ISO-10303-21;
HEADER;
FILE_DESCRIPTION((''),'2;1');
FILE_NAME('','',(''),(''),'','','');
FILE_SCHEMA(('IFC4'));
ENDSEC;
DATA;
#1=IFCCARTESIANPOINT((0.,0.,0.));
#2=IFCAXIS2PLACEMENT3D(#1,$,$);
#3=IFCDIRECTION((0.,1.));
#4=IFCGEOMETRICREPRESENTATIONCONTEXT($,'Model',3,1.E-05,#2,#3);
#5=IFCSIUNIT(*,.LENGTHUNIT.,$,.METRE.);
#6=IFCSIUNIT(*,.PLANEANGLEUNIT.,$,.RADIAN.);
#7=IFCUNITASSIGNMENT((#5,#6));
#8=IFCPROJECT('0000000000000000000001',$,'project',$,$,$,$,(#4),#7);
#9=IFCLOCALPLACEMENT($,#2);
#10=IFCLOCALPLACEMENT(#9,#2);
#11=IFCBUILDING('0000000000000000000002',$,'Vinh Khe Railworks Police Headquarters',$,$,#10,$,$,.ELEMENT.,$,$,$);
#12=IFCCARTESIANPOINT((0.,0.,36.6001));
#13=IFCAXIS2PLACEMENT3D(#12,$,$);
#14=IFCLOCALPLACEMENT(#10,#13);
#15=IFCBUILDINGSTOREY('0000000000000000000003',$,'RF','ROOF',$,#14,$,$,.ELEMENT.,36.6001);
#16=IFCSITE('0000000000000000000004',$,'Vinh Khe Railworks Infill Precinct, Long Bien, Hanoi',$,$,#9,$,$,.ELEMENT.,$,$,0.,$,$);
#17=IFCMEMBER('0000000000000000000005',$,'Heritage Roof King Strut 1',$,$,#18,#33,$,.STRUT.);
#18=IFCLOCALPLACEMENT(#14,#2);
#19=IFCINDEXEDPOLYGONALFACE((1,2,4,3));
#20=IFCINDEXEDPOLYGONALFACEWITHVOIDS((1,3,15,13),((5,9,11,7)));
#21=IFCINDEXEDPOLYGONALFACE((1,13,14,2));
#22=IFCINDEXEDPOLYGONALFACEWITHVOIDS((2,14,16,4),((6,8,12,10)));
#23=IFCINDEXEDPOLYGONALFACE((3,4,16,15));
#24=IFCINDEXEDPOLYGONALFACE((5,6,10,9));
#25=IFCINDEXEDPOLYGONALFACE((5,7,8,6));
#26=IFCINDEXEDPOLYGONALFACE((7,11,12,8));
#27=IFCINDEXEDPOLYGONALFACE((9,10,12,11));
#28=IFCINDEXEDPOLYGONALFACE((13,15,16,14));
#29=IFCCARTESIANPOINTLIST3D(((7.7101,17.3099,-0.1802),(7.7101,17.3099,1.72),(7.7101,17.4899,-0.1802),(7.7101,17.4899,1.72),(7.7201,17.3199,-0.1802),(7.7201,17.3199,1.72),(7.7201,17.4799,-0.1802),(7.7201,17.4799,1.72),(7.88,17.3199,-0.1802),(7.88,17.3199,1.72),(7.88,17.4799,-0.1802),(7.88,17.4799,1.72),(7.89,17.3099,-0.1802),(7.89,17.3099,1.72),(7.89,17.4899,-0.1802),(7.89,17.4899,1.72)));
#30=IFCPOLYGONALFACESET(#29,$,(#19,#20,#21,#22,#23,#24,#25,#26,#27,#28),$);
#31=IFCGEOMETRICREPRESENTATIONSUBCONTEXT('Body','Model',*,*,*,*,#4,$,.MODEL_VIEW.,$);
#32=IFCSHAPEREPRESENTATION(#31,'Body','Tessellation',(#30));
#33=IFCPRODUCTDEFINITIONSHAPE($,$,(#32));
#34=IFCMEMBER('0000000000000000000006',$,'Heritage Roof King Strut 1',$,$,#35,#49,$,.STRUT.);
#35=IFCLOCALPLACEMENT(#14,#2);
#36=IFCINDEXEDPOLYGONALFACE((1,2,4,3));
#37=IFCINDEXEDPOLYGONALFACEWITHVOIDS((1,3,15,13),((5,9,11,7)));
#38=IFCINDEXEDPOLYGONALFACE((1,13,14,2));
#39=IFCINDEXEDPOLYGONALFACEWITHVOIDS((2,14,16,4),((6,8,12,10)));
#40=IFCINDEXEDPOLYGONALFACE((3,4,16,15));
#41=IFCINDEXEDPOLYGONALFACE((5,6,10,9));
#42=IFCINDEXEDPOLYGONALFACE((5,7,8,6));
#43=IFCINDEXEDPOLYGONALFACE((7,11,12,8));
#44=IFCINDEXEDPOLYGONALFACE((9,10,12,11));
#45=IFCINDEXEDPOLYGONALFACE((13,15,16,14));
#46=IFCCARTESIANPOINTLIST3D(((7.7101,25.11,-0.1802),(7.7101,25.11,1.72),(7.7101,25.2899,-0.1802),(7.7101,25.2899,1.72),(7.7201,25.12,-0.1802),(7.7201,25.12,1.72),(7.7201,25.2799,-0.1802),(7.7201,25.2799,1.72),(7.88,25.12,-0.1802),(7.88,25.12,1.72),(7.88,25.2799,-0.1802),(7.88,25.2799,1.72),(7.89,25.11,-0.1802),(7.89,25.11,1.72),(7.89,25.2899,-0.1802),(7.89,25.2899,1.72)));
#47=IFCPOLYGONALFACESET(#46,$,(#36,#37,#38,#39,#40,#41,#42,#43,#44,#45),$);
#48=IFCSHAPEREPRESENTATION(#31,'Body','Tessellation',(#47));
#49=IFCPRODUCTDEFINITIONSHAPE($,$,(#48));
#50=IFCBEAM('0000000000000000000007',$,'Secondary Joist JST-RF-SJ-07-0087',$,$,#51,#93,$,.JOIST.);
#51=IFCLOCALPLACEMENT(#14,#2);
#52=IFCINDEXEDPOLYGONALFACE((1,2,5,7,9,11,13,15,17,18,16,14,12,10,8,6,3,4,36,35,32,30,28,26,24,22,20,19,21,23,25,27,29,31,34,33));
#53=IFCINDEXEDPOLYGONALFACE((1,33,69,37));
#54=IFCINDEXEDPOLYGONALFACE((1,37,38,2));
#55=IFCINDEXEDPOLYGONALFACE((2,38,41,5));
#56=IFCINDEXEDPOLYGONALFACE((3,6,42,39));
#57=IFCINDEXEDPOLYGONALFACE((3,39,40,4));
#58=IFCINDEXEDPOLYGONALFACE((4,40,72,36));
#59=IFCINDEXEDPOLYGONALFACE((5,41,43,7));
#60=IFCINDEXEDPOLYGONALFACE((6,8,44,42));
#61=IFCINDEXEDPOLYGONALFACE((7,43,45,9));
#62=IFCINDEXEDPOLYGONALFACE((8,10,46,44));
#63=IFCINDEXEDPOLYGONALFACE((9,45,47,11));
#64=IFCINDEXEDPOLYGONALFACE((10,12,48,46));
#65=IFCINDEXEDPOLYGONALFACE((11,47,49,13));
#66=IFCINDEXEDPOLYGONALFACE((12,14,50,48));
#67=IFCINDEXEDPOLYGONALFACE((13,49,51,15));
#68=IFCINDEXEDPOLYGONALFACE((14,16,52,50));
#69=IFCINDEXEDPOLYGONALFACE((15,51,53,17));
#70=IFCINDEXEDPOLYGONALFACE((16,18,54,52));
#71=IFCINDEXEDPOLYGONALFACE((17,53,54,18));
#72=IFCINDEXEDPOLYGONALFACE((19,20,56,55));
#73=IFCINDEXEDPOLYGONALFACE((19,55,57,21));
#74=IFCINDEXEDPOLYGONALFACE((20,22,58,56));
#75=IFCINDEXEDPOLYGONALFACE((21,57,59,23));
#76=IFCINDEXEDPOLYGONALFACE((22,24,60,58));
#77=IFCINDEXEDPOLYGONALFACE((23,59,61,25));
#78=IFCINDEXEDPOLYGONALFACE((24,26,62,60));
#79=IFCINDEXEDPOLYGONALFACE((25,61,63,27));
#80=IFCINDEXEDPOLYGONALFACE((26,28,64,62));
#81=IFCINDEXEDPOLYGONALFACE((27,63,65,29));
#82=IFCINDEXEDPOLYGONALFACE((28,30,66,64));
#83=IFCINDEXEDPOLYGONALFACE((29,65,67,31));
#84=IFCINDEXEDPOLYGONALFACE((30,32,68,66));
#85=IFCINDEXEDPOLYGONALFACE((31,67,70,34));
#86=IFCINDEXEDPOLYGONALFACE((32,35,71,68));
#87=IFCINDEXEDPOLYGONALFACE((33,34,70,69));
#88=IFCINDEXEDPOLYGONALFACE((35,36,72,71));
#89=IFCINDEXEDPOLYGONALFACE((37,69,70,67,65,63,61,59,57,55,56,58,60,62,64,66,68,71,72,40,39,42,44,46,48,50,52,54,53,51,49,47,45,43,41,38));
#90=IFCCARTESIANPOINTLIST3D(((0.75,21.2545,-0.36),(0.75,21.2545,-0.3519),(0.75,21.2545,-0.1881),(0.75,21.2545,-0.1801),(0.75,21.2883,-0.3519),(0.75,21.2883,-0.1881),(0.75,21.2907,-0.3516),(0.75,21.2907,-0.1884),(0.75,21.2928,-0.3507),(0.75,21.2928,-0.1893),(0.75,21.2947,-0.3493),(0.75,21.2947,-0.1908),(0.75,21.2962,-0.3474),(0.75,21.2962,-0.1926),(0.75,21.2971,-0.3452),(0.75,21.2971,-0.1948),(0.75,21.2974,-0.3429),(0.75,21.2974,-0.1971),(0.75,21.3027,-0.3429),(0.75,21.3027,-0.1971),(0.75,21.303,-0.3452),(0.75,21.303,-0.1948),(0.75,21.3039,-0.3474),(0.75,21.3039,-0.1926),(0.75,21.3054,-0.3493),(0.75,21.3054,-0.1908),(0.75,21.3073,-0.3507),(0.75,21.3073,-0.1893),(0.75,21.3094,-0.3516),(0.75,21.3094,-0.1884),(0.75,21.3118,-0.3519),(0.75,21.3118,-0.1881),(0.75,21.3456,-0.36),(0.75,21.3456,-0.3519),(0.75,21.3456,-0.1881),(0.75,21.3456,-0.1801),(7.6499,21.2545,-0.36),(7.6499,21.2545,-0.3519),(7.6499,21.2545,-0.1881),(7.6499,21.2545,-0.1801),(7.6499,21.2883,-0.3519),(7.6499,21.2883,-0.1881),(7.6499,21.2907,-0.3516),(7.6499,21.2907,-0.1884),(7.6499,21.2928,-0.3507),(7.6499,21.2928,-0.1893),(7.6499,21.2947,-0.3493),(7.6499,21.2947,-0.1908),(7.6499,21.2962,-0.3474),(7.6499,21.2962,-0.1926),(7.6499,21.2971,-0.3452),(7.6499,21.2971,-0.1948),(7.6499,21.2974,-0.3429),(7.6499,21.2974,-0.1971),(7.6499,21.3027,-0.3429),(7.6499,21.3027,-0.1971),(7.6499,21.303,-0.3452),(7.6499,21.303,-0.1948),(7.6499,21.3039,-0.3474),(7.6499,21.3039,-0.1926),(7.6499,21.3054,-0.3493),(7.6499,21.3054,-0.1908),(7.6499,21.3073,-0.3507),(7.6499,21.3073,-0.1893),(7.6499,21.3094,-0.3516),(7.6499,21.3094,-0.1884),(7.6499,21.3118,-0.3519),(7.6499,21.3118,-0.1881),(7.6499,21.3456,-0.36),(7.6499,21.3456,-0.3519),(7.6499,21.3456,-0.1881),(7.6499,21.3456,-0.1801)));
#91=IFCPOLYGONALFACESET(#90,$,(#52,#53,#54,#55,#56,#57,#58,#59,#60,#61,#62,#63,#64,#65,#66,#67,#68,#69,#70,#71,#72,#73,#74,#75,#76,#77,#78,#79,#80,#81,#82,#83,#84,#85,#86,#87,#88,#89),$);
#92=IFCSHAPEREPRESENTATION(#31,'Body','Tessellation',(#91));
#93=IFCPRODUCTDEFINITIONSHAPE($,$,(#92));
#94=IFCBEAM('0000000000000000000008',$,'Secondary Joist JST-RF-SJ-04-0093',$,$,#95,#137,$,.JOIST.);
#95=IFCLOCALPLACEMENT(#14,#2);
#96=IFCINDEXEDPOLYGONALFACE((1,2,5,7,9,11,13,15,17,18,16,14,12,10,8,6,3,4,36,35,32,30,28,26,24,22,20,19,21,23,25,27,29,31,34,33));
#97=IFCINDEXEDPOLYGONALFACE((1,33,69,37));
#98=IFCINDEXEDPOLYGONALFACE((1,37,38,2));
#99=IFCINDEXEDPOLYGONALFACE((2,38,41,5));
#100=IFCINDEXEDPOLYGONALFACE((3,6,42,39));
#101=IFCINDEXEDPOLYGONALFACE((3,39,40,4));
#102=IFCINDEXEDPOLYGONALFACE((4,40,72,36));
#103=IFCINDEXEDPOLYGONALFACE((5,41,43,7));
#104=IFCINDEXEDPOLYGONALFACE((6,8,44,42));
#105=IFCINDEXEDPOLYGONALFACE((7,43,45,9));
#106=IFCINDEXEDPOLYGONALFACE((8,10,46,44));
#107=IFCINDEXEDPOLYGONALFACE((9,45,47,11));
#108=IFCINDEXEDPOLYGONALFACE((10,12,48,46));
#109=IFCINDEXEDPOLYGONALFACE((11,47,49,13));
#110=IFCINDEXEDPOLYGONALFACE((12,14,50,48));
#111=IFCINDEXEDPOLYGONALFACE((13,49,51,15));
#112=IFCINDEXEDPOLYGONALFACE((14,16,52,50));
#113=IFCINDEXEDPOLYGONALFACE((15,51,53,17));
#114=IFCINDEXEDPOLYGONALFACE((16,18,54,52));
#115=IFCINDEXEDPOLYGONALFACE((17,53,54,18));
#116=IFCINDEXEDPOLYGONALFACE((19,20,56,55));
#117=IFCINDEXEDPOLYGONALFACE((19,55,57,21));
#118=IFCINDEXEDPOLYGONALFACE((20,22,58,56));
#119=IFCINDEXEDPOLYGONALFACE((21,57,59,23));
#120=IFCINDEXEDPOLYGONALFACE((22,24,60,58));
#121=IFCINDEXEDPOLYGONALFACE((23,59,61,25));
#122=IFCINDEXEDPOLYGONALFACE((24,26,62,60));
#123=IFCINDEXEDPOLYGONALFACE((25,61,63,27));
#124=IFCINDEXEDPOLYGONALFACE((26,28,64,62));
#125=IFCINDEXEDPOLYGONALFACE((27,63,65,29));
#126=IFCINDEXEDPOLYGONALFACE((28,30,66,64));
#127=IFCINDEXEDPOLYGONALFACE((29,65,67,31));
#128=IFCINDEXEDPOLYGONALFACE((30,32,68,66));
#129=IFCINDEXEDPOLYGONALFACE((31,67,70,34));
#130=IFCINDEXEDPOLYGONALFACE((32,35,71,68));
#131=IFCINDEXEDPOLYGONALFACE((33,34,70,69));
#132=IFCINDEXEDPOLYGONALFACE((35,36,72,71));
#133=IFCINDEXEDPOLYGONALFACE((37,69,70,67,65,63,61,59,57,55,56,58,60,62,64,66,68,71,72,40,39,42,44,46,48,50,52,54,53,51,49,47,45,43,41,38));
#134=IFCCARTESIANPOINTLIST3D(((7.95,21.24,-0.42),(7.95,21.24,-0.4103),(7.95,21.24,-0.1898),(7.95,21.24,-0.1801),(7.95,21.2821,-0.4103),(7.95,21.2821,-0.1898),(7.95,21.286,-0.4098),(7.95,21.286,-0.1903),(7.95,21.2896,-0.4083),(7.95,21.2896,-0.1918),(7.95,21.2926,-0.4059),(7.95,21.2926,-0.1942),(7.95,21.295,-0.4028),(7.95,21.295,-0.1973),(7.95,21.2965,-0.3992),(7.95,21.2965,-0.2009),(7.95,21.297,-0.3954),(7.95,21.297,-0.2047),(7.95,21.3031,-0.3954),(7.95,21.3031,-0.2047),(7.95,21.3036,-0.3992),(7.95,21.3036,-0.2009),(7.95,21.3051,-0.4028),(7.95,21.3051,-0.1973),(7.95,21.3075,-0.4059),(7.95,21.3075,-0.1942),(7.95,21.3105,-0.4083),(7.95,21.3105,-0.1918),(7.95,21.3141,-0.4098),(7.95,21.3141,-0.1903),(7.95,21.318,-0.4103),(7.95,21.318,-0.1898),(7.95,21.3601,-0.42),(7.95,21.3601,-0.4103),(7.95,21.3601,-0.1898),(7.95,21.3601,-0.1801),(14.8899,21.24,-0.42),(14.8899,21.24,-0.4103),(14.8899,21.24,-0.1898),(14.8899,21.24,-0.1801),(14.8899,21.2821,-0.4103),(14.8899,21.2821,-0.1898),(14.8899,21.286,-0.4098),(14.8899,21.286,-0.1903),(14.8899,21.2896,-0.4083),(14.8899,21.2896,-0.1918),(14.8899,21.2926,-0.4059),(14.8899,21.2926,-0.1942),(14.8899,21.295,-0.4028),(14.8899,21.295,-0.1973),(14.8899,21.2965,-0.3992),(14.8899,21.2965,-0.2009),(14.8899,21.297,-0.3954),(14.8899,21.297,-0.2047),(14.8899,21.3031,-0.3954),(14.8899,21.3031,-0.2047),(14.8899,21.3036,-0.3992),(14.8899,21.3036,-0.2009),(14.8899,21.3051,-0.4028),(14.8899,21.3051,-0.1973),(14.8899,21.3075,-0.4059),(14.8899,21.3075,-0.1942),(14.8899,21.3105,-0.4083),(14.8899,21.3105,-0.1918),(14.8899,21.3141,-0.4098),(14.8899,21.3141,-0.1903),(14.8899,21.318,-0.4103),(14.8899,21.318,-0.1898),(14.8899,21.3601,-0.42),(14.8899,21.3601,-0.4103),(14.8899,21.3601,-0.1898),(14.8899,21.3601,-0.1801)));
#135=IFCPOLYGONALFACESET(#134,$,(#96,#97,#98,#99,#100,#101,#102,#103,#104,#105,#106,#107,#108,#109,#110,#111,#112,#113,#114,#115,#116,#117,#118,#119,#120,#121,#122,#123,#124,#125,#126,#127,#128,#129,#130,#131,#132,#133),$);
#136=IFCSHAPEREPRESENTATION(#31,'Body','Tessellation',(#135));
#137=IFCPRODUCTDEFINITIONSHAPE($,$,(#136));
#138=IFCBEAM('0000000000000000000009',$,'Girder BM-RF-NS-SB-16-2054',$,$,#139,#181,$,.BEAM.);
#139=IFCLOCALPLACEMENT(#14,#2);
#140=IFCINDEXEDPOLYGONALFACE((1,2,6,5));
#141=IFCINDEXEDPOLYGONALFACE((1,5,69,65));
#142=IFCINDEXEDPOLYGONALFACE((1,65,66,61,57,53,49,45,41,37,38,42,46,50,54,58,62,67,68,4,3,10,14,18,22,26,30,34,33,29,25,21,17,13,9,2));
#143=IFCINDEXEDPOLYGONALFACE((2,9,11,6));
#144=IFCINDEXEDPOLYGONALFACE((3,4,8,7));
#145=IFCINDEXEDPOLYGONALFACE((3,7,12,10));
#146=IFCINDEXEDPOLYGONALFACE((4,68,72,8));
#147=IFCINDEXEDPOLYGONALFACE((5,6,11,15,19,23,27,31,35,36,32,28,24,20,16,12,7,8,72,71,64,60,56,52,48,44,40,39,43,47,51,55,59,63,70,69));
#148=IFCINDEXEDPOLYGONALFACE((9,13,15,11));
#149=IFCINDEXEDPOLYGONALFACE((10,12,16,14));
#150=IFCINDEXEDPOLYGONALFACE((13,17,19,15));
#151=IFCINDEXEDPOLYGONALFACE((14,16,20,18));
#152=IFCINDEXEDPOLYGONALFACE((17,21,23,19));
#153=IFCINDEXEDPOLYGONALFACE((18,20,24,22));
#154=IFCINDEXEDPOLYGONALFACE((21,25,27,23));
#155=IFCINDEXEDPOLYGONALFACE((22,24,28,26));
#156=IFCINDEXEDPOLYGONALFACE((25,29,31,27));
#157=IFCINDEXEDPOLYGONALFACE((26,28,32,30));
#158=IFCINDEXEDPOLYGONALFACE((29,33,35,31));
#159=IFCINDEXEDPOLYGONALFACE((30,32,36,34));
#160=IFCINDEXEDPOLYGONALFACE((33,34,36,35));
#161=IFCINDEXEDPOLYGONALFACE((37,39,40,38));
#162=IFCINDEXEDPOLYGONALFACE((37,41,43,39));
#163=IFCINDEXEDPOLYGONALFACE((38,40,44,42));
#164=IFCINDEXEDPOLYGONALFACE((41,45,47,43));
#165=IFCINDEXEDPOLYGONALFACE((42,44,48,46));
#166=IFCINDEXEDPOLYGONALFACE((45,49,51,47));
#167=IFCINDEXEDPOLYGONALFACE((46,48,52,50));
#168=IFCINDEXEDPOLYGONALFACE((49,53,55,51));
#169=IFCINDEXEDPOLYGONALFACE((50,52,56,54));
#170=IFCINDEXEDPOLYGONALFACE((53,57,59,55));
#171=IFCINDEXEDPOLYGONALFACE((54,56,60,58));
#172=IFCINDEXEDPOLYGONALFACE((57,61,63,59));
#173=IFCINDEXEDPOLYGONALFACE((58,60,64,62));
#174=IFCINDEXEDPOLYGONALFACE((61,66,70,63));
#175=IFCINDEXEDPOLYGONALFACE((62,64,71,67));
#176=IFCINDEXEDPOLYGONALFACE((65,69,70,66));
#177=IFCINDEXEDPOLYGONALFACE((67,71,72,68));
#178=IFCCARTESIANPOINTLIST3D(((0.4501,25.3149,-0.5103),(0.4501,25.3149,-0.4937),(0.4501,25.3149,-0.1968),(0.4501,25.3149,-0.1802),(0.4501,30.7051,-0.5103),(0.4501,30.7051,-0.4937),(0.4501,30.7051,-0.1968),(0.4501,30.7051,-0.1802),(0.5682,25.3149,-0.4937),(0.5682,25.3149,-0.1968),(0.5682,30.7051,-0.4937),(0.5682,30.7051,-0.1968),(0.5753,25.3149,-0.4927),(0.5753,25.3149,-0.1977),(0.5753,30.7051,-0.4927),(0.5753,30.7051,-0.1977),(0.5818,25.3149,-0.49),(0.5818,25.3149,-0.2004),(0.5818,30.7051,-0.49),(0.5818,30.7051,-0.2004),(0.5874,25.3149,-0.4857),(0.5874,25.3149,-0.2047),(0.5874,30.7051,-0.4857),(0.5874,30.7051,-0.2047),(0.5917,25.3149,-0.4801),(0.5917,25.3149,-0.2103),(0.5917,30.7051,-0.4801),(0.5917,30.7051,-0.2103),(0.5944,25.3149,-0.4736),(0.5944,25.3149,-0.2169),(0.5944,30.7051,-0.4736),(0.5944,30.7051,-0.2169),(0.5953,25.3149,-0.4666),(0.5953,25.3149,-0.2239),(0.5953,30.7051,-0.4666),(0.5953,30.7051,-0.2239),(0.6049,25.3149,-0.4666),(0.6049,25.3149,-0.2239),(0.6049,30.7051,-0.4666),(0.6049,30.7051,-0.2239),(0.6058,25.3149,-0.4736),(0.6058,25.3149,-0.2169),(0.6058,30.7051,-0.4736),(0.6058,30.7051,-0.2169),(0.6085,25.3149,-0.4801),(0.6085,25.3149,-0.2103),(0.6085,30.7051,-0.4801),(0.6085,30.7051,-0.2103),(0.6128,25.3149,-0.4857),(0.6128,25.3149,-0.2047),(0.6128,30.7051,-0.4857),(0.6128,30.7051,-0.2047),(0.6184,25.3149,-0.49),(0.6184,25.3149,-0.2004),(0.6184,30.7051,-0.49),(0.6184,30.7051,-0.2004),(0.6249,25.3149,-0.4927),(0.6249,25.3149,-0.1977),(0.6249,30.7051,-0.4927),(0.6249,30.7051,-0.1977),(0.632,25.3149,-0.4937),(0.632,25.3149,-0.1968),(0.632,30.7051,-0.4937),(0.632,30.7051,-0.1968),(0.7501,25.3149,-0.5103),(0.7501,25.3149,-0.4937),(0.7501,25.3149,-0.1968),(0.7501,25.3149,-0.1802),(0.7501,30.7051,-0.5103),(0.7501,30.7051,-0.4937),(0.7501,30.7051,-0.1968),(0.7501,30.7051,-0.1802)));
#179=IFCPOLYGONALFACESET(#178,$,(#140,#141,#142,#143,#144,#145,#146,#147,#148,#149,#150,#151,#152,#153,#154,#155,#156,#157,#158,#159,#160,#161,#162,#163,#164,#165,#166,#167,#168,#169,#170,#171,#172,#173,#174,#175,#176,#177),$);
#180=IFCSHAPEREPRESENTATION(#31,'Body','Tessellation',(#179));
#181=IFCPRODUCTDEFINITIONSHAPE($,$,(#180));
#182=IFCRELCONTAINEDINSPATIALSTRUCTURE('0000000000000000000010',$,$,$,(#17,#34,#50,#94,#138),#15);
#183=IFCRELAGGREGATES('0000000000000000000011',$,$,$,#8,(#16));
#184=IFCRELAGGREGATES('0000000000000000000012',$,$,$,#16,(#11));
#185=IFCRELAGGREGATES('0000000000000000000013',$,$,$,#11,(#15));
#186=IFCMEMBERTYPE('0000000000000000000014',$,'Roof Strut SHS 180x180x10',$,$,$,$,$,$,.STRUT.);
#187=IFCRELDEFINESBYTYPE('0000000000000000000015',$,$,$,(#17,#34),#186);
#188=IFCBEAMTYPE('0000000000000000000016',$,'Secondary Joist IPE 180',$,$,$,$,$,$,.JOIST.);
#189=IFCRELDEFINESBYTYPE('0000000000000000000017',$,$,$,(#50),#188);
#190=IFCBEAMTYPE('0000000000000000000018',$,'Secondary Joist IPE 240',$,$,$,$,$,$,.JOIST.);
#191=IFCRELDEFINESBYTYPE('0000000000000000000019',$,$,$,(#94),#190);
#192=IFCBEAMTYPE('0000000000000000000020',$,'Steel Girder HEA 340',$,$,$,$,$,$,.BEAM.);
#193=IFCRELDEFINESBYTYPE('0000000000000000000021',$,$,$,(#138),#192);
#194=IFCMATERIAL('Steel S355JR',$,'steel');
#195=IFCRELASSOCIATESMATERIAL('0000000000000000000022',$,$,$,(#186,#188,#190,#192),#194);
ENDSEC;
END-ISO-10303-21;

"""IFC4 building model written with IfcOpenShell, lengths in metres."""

from ifc_helpers import new_model, si_unit, direction, frame, origin, origin_2d, place, context, subcontext, project, spatial, hollow_rectangle, i_section, extrude, material, material_profile, profile_set, type_object, element, save


model = new_model("IFC4")

# Units and contexts
model_context = context("Model", 3, precision=1e-05, world=origin(), true_north=direction((0.0, 1.0)))
body_context = subcontext(model_context, "Body", "Model", "MODEL_VIEW")
ifc_project = project(units=[si_unit("LENGTHUNIT", "METRE"), si_unit("PLANEANGLEUNIT", "RADIAN")], contexts=[model_context])

# Site, building, storey
site_placement = place(None, origin())
site = spatial("IfcSite", under=ifc_project, at=site_placement, Name="Vinh Khe Railworks Infill Precinct, Long Bien, Hanoi", CompositionType="ELEMENT", RefElevation=0.0)
building_placement = place(site_placement, origin())
building = spatial("IfcBuilding", under=site, at=building_placement, Name="Vinh Khe Railworks Police Headquarters", CompositionType="ELEMENT")
storey_placement = place(building_placement, frame((0.0, 0.0, 36.6001)))
storey = spatial("IfcBuildingStorey", under=building, at=storey_placement, Name="RF", Description="ROOF", CompositionType="ELEMENT", Elevation=36.6001)

# Members
ifc_material_1 = material(Name="Steel S355JR", Category="steel")
ifc_material_profile_1 = material_profile(ifc_material_1, hollow_rectangle(XDim=0.1799, YDim=0.1799, WallThickness=0.01, at=origin_2d()), Name="SHS 180x180x10")
ifc_profile_set_1 = profile_set([ifc_material_profile_1], Name="Steel S355JR")
member_type_1 = type_object("IfcMemberType", Name="Roof Strut SHS 180x180x10", PredefinedType="STRUT", material=ifc_profile_set_1)
for number, where, z_axis, x_axis, name in (
    (1, (7.8, 17.3999, -0.1802), (0.0, 0.0, 1.0), (1.0, 0.0, 0.0), "Heritage Roof King Strut 1"),
    (2, (7.8, 25.2, -0.1802), (0.0, 0.0, 1.0), (1.0, 0.0, 0.0), "Heritage Roof King Strut 1"),
):
    element("IfcMember", number, at=place(storey_placement, frame(where, z_axis=z_axis, x_axis=x_axis)), inside=storey, type_object=member_type_1, Name=name, PredefinedType="STRUT", context=body_context, shape_type="SweptSolid", body=[
        extrude(hollow_rectangle(XDim=0.1799, YDim=0.1799, WallThickness=0.01, at=origin_2d()), origin(), (0.0, 0.0, 1.0), 1.9001),
    ])

# Beams
ifc_material_profile_2 = material_profile(ifc_material_1, i_section(OverallWidth=0.0911, OverallDepth=0.1799, WebThickness=0.0054, FlangeThickness=0.0081, FilletRadius=0.009, at=origin_2d()), Name="IPE 180")
ifc_profile_set_2 = profile_set([ifc_material_profile_2], Name="Steel S355JR")
beam_type_1 = type_object("IfcBeamType", Name="Secondary Joist IPE 180", PredefinedType="JOIST", material=ifc_profile_set_2)
beam_1_placement = place(storey_placement, frame((0.75, 21.3, -0.27), z_axis=(1.0, 0.0, 0.0), x_axis=(0.0, 1.0, 0.0)))
element("IfcBeam", 3, at=beam_1_placement, inside=storey, type_object=beam_type_1, Name="Secondary Joist JST-RF-SJ-07-0087", PredefinedType="JOIST", context=body_context, shape_type="SweptSolid", body=[
    extrude(i_section(OverallWidth=0.0911, OverallDepth=0.1799, WebThickness=0.0054, FlangeThickness=0.0081, FilletRadius=0.009, at=origin_2d()), origin(), (0.0, 0.0, 1.0), 6.8999),
])
ifc_material_profile_3 = material_profile(ifc_material_1, i_section(OverallWidth=0.1201, OverallDepth=0.24, WebThickness=0.0061, FlangeThickness=0.0098, FilletRadius=0.0149, at=origin_2d()), Name="IPE 240")
ifc_profile_set_3 = profile_set([ifc_material_profile_3], Name="Steel S355JR")
beam_type_2 = type_object("IfcBeamType", Name="Secondary Joist IPE 240", PredefinedType="JOIST", material=ifc_profile_set_3)
beam_2_placement = place(storey_placement, frame((7.95, 21.3, -0.3), z_axis=(1.0, 0.0, 0.0), x_axis=(0.0, 1.0, 0.0)))
element("IfcBeam", 4, at=beam_2_placement, inside=storey, type_object=beam_type_2, Name="Secondary Joist JST-RF-SJ-04-0093", PredefinedType="JOIST", context=body_context, shape_type="SweptSolid", body=[
    extrude(i_section(OverallWidth=0.1201, OverallDepth=0.24, WebThickness=0.0061, FlangeThickness=0.0098, FilletRadius=0.0149, at=origin_2d()), origin(), (0.0, 0.0, 1.0), 6.9399),
])
ifc_material_profile_4 = material_profile(ifc_material_1, i_section(OverallWidth=0.3, OverallDepth=0.3301, WebThickness=0.0095, FlangeThickness=0.0166, FilletRadius=0.0271, at=origin_2d()), Name="HEA 340")
ifc_profile_set_4 = profile_set([ifc_material_profile_4], Name="Steel S355JR")
beam_type_3 = type_object("IfcBeamType", Name="Steel Girder HEA 340", PredefinedType="BEAM", material=ifc_profile_set_4)
beam_3_placement = place(storey_placement, frame((0.6001, 25.3149, -0.3452), z_axis=(0.0, 1.0, 0.0), x_axis=(-1.0, 0.0, 0.0)))
element("IfcBeam", 5, at=beam_3_placement, inside=storey, type_object=beam_type_3, Name="Girder BM-RF-NS-SB-16-2054", PredefinedType="BEAM", context=body_context, shape_type="SweptSolid", body=[
    extrude(i_section(OverallWidth=0.3, OverallDepth=0.3301, WebThickness=0.0095, FlangeThickness=0.0166, FilletRadius=0.0271, at=origin_2d()), origin(), (0.0, 0.0, 1.0), 5.3901),
])

save(model, "model.ifc")
